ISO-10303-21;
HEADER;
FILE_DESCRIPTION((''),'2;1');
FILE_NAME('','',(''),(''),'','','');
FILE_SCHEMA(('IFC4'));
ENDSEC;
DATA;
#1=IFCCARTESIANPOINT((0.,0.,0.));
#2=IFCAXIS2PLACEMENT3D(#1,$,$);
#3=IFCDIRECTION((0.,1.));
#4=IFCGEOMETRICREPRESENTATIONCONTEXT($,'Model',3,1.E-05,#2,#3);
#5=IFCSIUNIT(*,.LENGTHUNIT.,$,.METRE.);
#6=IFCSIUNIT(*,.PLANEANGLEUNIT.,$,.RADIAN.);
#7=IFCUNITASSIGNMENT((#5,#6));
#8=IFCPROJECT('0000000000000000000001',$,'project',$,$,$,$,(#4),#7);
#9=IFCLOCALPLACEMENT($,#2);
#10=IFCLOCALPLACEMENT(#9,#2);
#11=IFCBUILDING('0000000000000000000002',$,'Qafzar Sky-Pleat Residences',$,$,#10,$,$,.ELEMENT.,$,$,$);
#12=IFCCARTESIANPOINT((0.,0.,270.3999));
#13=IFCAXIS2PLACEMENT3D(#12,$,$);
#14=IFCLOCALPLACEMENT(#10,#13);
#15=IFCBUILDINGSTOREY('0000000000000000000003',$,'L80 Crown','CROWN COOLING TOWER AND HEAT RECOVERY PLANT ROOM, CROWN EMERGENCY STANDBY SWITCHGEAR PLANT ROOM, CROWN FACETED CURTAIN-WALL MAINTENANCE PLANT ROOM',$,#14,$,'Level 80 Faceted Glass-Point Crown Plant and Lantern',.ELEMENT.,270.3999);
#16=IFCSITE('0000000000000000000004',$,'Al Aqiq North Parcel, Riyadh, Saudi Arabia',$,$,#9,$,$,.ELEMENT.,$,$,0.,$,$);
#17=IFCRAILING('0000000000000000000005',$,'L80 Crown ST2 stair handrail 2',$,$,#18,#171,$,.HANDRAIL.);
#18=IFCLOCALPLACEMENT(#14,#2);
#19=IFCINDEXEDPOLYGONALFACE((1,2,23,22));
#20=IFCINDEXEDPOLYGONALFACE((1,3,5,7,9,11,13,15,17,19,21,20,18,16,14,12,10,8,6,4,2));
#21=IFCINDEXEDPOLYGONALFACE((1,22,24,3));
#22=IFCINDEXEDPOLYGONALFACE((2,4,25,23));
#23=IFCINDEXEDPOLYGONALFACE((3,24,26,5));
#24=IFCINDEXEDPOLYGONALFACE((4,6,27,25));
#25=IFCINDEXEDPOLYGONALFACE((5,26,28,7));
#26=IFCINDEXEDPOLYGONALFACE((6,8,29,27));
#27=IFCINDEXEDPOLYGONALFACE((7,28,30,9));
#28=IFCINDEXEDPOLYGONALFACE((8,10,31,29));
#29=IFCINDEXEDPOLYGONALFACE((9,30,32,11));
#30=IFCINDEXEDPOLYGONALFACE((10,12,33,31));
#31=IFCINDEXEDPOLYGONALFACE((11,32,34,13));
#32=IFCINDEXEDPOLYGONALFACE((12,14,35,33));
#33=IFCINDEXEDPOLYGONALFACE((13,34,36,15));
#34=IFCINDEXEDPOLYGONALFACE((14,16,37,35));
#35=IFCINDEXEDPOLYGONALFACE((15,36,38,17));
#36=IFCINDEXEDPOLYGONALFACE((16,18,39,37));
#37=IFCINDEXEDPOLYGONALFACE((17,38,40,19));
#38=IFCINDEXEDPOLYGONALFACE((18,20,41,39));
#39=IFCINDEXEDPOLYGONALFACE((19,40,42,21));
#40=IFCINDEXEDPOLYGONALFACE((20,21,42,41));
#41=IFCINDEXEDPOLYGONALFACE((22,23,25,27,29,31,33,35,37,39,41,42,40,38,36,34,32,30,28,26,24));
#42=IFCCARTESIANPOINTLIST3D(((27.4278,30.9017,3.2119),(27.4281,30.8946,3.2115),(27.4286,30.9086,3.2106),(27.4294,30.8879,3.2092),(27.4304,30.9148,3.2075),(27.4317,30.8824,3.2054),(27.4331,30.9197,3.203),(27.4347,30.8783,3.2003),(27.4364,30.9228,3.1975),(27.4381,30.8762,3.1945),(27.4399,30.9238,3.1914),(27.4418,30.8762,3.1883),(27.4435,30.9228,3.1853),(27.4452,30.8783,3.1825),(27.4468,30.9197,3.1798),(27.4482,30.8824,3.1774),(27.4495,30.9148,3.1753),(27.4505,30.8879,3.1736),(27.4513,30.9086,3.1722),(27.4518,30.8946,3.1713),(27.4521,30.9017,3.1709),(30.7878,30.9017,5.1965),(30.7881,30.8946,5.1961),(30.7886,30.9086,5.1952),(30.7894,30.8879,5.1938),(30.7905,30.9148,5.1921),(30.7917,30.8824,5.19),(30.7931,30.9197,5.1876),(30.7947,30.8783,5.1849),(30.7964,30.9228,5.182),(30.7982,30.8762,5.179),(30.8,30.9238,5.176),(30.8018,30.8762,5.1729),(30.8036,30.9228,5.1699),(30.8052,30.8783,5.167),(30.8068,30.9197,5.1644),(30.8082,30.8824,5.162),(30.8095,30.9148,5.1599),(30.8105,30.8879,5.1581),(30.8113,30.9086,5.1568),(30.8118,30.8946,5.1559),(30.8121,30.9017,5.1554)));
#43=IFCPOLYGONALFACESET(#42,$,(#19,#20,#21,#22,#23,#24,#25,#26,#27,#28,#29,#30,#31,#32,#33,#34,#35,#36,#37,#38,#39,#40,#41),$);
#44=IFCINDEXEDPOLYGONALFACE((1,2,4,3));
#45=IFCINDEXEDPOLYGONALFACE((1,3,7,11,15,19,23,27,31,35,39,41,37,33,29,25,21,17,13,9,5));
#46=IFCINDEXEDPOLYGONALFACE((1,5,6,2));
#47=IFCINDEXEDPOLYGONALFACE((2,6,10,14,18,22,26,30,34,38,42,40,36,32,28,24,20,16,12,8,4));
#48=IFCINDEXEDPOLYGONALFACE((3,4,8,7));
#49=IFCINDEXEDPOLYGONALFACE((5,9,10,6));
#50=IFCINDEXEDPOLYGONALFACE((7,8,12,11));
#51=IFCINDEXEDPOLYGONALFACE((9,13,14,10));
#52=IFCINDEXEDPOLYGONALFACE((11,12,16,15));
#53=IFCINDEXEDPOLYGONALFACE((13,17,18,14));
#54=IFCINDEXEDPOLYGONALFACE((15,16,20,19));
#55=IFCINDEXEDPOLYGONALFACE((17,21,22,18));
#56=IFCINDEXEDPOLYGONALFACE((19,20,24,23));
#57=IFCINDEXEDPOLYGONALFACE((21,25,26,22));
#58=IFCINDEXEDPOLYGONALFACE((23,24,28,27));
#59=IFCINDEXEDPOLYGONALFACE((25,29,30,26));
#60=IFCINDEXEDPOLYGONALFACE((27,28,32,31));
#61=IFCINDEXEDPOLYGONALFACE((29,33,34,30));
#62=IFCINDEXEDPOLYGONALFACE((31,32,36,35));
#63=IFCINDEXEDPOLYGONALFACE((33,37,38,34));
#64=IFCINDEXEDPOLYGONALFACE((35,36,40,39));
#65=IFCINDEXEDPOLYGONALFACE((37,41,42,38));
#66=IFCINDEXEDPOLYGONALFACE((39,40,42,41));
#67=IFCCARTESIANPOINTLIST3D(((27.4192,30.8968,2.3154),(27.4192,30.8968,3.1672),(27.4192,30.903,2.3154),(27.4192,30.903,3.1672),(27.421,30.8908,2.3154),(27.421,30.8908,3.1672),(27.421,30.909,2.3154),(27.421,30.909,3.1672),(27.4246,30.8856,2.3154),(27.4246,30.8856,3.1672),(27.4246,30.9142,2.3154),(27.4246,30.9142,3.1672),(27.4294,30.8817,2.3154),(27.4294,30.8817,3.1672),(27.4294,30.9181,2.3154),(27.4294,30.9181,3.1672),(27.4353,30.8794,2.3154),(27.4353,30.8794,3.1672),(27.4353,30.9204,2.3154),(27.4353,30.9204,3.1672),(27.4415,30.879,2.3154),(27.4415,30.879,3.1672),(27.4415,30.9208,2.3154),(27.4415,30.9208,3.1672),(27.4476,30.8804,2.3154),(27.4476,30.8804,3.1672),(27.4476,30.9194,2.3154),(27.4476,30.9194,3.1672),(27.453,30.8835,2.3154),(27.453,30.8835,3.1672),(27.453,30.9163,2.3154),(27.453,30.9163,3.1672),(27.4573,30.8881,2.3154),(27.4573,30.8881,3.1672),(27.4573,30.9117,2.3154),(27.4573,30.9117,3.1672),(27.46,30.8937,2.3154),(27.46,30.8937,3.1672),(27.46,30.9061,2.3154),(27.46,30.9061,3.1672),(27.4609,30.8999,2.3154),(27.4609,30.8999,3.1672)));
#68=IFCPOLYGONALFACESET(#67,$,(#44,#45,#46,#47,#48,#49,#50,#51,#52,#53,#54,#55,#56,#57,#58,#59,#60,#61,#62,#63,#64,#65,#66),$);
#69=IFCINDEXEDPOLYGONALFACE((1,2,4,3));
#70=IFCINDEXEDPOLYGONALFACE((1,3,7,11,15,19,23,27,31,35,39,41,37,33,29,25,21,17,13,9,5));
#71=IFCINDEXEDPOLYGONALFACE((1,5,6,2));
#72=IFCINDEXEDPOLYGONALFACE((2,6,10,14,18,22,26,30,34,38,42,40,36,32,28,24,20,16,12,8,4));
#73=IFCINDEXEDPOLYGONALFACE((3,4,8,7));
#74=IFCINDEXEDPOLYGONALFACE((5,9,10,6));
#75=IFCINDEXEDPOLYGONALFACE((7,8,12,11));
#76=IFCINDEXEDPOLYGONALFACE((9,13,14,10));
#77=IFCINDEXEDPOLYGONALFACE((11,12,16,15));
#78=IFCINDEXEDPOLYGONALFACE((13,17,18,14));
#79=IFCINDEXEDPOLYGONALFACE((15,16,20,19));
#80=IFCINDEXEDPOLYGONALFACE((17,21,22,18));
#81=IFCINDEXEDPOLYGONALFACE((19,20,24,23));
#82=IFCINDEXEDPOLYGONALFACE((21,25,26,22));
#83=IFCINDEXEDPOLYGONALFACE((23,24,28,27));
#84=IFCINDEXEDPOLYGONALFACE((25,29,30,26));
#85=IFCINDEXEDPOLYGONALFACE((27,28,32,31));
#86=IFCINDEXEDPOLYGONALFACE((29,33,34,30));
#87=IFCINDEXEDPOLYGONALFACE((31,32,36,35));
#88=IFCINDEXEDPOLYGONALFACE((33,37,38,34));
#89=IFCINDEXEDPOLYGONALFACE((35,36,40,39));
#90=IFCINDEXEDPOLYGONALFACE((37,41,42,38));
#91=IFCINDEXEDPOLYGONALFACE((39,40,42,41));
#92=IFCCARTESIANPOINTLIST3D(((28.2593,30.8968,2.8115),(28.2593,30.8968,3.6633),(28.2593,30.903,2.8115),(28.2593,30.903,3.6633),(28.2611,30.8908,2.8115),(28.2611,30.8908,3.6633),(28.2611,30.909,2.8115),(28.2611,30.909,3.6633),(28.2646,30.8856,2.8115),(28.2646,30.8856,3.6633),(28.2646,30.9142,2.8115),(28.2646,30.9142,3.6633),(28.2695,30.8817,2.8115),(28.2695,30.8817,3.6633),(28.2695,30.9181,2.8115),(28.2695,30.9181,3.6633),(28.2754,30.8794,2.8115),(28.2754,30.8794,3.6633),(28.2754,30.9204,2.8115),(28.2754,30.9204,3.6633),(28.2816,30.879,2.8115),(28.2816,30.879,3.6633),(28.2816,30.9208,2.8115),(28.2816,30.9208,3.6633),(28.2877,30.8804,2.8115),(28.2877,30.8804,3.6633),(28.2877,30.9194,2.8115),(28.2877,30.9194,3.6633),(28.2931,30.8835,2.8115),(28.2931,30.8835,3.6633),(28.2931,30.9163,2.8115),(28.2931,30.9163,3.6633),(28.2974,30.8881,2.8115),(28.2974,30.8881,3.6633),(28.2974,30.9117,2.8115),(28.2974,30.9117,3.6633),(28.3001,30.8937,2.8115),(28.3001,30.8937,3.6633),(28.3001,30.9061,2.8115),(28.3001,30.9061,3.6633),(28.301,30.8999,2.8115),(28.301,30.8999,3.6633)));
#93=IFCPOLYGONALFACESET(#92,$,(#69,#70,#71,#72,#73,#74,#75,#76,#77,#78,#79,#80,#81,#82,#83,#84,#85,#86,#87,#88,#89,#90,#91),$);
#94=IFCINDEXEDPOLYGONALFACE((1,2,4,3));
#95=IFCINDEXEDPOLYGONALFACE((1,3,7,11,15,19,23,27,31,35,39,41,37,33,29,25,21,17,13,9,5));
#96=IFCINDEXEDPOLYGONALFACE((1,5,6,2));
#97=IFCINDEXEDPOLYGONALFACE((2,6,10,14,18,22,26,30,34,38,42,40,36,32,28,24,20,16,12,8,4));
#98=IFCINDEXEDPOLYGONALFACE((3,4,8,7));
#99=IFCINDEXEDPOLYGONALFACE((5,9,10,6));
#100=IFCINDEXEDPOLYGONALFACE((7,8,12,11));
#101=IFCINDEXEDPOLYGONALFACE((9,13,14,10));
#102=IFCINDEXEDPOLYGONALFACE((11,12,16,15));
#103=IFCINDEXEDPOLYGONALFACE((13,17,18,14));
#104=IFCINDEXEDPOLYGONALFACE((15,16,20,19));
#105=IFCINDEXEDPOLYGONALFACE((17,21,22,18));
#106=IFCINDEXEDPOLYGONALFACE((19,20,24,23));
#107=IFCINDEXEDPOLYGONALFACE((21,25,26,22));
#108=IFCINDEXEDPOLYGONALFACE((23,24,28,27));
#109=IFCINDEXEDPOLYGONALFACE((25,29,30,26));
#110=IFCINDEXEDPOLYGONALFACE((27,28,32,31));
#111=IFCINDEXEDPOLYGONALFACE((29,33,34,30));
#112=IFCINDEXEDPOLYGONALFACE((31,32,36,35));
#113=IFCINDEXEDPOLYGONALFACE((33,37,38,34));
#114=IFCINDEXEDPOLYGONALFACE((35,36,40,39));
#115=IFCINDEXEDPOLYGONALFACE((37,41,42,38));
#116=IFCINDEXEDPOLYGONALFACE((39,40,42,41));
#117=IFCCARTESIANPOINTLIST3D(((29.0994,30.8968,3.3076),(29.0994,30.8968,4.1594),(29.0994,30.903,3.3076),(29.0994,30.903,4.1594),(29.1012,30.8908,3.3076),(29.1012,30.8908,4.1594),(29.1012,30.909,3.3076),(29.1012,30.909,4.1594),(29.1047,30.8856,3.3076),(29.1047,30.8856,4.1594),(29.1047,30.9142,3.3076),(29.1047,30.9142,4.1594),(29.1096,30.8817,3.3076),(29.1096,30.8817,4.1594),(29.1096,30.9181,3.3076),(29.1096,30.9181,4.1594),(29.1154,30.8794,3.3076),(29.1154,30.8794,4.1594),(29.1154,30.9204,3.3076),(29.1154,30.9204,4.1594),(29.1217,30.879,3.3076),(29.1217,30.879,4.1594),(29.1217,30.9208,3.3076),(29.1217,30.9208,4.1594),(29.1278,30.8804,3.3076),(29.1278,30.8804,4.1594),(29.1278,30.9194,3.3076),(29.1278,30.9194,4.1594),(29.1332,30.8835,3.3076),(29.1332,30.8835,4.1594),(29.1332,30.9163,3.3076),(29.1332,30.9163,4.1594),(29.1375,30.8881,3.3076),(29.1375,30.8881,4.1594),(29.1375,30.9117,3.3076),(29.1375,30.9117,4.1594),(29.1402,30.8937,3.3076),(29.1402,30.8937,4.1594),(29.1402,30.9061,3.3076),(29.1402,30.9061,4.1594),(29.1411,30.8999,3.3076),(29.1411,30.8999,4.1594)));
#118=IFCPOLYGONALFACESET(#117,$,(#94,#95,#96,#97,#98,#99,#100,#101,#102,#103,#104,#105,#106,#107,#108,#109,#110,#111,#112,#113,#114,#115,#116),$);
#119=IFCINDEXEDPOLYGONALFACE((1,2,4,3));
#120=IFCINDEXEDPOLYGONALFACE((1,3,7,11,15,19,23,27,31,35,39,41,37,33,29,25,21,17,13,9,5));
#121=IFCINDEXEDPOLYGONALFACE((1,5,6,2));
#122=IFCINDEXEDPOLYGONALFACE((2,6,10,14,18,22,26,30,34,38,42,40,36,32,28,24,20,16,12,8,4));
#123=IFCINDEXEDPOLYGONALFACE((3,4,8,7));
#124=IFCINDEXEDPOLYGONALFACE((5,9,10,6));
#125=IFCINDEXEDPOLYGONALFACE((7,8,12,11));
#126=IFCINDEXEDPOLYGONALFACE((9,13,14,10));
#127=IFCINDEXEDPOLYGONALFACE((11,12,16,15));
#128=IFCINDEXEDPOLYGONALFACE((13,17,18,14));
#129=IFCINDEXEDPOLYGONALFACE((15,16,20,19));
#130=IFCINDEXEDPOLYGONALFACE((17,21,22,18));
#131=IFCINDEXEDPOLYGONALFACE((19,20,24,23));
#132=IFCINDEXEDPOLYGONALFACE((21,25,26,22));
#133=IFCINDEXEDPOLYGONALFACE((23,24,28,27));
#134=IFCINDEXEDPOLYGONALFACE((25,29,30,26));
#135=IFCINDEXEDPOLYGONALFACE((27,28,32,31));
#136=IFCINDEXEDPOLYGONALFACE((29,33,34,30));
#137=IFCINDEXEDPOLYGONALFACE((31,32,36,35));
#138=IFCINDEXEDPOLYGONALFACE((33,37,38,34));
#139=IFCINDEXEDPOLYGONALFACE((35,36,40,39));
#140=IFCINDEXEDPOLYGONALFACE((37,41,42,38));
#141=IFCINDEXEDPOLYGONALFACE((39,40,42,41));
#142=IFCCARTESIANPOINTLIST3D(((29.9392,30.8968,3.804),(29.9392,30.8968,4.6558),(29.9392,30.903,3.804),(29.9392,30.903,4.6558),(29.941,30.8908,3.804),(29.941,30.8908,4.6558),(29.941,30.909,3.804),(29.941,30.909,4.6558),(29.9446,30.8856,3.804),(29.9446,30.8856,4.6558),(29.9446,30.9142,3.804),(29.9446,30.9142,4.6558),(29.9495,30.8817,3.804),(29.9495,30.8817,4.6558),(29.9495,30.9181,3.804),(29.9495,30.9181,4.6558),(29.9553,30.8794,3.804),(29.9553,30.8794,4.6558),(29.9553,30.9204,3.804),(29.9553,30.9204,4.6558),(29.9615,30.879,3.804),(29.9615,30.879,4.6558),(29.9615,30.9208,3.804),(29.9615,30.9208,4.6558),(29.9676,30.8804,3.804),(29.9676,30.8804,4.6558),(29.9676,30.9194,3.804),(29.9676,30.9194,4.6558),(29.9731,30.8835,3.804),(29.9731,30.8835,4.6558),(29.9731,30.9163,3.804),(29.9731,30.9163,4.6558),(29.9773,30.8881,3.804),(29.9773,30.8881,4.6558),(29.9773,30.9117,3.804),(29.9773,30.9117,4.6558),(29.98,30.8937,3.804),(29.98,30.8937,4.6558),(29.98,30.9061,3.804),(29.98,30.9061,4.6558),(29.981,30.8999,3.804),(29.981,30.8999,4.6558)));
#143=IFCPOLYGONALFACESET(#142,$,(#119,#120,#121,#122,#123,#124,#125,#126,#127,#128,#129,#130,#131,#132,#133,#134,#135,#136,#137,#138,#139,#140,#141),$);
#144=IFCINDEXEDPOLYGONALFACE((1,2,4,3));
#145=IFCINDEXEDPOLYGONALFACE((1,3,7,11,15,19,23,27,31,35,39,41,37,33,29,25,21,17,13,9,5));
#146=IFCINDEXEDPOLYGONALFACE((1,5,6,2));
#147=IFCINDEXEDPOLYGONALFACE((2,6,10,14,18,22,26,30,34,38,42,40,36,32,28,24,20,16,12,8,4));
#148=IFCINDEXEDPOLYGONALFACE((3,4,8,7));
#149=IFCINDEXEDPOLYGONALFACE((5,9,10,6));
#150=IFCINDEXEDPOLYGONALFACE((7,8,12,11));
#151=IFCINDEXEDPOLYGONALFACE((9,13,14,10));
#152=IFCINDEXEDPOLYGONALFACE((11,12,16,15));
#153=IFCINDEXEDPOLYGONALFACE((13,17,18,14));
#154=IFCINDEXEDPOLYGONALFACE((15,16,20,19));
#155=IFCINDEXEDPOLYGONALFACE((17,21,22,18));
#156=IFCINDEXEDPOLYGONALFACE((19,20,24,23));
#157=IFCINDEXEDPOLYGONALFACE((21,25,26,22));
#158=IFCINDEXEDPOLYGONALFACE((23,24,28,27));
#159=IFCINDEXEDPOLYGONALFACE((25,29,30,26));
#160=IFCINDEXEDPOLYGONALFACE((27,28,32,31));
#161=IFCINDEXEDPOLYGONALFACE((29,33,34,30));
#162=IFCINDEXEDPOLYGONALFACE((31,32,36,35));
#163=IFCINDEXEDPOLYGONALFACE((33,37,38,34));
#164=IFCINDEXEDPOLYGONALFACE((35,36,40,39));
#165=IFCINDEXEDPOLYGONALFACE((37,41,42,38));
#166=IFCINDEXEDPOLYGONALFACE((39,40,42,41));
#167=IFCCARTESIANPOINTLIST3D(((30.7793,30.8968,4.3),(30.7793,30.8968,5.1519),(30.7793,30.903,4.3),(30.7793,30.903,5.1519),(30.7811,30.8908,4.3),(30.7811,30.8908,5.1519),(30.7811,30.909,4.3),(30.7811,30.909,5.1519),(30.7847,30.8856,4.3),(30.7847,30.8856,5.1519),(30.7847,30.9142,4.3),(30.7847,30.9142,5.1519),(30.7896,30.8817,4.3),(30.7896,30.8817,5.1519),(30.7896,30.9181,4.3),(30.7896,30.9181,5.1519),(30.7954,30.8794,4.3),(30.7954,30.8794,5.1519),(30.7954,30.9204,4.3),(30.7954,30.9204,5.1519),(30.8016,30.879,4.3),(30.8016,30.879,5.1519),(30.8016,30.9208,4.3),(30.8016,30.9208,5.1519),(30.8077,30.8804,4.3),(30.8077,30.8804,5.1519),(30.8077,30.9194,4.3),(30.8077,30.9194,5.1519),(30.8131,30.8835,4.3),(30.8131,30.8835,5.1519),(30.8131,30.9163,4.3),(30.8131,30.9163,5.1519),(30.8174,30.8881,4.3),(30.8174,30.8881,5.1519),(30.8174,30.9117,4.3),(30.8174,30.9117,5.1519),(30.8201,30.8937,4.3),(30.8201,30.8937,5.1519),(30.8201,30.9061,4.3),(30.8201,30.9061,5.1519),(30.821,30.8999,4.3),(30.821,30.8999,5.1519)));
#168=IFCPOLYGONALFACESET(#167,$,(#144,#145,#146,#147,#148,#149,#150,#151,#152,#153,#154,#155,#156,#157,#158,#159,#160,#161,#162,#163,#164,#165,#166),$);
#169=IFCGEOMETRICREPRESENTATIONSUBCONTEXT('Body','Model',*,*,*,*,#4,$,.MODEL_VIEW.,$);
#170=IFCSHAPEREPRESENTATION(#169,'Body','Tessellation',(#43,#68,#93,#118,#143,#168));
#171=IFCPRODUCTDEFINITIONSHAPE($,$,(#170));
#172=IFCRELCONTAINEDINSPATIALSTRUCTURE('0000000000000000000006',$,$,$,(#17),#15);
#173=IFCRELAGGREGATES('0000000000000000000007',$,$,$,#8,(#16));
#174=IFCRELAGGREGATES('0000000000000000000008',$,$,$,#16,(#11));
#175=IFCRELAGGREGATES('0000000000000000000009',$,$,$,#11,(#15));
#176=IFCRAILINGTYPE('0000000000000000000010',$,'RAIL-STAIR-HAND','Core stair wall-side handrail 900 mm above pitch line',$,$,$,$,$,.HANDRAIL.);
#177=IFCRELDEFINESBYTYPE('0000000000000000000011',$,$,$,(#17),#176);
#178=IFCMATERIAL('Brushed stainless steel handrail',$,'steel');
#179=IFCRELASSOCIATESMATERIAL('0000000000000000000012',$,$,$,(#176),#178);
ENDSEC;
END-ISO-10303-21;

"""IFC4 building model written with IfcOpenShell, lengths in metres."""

from ifc_helpers import new_model, si_unit, direction, frame, origin, origin_2d, place, context, subcontext, project, spatial, circle, extrude, source, transform, mapped, material, type_object, element, save


model = new_model("IFC4")

# Units and contexts
model_context = context("Model", 3, precision=1e-05, world=origin(), true_north=direction((0.0, 1.0)))
body_context = subcontext(model_context, "Body", "Model", "MODEL_VIEW")
ifc_project = project(units=[si_unit("LENGTHUNIT", "METRE"), si_unit("PLANEANGLEUNIT", "RADIAN")], contexts=[model_context])

# Site, building, storey
site_placement = place(None, origin())
site = spatial("IfcSite", under=ifc_project, at=site_placement, Name="Al Aqiq North Parcel, Riyadh, Saudi Arabia", CompositionType="ELEMENT", RefElevation=0.0)
building_placement = place(site_placement, origin())
building = spatial("IfcBuilding", under=site, at=building_placement, Name="Qafzar Sky-Pleat Residences", CompositionType="ELEMENT")
storey_placement = place(building_placement, frame((0.0, 0.0, 270.3999)))
storey = spatial("IfcBuildingStorey", under=building, at=storey_placement, Name="L80 Crown", Description="CROWN COOLING TOWER AND HEAT RECOVERY PLANT ROOM, CROWN EMERGENCY STANDBY SWITCHGEAR PLANT ROOM, CROWN FACETED CURTAIN-WALL MAINTENANCE PLANT ROOM", LongName="Level 80 Faceted Glass-Point Crown Plant and Lantern", CompositionType="ELEMENT", Elevation=270.3999)

# Railing
ifc_material_1 = material(Name="Brushed stainless steel handrail", Category="steel")
railing_type_1 = type_object("IfcRailingType", Name="RAIL-STAIR-HAND", Description="Core stair wall-side handrail 900 mm above pitch line", PredefinedType="HANDRAIL", material=ifc_material_1)
shared_shape_1 = source(origin(), body_context, "Body", "SweptSolid", [
    extrude(circle(Radius=0.0239, at=origin_2d()), frame((0.0, 0.0, 0.876), z_axis=(0.861027, 0.0, 0.508559), x_axis=(0.0, 1.0, 0.0)), (0.0, 0.0, 1.0), 3.9023),
    extrude(circle(Radius=0.021, at=origin_2d()), origin(), (0.0, 0.0, 1.0), 0.8518),
    extrude(circle(Radius=0.021, at=origin_2d()), frame((0.8401, 0.0, 0.4961)), (0.0, 0.0, 1.0), 0.8518),
    extrude(circle(Radius=0.021, at=origin_2d()), frame((1.6802, 0.0, 0.9922)), (0.0, 0.0, 1.0), 0.8518),
    extrude(circle(Radius=0.021, at=origin_2d()), frame((2.52, 0.0, 1.4885)), (0.0, 0.0, 1.0), 0.8518),
    extrude(circle(Radius=0.021, at=origin_2d()), frame((3.3601, 0.0, 1.9846)), (0.0, 0.0, 1.0), 0.8518),
])
railing_1_placement = place(storey_placement, frame((27.4399, 30.8999, 2.3154)))
element("IfcRailing", 1, at=railing_1_placement, inside=storey, type_object=railing_type_1, Name="L80 Crown ST2 stair handrail 2", PredefinedType="HANDRAIL", context=body_context, shape_type="MappedRepresentation", body=[
    mapped(shared_shape_1, transform((0.0, 0.0, 0.0), x_axis=(1.0, 0.0, 0.0), y_axis=(0.0, 1.0, 0.0), z_axis=(0.0, 0.0, 1.0), scale=1.0)),
])

save(model, "model.ifc")
